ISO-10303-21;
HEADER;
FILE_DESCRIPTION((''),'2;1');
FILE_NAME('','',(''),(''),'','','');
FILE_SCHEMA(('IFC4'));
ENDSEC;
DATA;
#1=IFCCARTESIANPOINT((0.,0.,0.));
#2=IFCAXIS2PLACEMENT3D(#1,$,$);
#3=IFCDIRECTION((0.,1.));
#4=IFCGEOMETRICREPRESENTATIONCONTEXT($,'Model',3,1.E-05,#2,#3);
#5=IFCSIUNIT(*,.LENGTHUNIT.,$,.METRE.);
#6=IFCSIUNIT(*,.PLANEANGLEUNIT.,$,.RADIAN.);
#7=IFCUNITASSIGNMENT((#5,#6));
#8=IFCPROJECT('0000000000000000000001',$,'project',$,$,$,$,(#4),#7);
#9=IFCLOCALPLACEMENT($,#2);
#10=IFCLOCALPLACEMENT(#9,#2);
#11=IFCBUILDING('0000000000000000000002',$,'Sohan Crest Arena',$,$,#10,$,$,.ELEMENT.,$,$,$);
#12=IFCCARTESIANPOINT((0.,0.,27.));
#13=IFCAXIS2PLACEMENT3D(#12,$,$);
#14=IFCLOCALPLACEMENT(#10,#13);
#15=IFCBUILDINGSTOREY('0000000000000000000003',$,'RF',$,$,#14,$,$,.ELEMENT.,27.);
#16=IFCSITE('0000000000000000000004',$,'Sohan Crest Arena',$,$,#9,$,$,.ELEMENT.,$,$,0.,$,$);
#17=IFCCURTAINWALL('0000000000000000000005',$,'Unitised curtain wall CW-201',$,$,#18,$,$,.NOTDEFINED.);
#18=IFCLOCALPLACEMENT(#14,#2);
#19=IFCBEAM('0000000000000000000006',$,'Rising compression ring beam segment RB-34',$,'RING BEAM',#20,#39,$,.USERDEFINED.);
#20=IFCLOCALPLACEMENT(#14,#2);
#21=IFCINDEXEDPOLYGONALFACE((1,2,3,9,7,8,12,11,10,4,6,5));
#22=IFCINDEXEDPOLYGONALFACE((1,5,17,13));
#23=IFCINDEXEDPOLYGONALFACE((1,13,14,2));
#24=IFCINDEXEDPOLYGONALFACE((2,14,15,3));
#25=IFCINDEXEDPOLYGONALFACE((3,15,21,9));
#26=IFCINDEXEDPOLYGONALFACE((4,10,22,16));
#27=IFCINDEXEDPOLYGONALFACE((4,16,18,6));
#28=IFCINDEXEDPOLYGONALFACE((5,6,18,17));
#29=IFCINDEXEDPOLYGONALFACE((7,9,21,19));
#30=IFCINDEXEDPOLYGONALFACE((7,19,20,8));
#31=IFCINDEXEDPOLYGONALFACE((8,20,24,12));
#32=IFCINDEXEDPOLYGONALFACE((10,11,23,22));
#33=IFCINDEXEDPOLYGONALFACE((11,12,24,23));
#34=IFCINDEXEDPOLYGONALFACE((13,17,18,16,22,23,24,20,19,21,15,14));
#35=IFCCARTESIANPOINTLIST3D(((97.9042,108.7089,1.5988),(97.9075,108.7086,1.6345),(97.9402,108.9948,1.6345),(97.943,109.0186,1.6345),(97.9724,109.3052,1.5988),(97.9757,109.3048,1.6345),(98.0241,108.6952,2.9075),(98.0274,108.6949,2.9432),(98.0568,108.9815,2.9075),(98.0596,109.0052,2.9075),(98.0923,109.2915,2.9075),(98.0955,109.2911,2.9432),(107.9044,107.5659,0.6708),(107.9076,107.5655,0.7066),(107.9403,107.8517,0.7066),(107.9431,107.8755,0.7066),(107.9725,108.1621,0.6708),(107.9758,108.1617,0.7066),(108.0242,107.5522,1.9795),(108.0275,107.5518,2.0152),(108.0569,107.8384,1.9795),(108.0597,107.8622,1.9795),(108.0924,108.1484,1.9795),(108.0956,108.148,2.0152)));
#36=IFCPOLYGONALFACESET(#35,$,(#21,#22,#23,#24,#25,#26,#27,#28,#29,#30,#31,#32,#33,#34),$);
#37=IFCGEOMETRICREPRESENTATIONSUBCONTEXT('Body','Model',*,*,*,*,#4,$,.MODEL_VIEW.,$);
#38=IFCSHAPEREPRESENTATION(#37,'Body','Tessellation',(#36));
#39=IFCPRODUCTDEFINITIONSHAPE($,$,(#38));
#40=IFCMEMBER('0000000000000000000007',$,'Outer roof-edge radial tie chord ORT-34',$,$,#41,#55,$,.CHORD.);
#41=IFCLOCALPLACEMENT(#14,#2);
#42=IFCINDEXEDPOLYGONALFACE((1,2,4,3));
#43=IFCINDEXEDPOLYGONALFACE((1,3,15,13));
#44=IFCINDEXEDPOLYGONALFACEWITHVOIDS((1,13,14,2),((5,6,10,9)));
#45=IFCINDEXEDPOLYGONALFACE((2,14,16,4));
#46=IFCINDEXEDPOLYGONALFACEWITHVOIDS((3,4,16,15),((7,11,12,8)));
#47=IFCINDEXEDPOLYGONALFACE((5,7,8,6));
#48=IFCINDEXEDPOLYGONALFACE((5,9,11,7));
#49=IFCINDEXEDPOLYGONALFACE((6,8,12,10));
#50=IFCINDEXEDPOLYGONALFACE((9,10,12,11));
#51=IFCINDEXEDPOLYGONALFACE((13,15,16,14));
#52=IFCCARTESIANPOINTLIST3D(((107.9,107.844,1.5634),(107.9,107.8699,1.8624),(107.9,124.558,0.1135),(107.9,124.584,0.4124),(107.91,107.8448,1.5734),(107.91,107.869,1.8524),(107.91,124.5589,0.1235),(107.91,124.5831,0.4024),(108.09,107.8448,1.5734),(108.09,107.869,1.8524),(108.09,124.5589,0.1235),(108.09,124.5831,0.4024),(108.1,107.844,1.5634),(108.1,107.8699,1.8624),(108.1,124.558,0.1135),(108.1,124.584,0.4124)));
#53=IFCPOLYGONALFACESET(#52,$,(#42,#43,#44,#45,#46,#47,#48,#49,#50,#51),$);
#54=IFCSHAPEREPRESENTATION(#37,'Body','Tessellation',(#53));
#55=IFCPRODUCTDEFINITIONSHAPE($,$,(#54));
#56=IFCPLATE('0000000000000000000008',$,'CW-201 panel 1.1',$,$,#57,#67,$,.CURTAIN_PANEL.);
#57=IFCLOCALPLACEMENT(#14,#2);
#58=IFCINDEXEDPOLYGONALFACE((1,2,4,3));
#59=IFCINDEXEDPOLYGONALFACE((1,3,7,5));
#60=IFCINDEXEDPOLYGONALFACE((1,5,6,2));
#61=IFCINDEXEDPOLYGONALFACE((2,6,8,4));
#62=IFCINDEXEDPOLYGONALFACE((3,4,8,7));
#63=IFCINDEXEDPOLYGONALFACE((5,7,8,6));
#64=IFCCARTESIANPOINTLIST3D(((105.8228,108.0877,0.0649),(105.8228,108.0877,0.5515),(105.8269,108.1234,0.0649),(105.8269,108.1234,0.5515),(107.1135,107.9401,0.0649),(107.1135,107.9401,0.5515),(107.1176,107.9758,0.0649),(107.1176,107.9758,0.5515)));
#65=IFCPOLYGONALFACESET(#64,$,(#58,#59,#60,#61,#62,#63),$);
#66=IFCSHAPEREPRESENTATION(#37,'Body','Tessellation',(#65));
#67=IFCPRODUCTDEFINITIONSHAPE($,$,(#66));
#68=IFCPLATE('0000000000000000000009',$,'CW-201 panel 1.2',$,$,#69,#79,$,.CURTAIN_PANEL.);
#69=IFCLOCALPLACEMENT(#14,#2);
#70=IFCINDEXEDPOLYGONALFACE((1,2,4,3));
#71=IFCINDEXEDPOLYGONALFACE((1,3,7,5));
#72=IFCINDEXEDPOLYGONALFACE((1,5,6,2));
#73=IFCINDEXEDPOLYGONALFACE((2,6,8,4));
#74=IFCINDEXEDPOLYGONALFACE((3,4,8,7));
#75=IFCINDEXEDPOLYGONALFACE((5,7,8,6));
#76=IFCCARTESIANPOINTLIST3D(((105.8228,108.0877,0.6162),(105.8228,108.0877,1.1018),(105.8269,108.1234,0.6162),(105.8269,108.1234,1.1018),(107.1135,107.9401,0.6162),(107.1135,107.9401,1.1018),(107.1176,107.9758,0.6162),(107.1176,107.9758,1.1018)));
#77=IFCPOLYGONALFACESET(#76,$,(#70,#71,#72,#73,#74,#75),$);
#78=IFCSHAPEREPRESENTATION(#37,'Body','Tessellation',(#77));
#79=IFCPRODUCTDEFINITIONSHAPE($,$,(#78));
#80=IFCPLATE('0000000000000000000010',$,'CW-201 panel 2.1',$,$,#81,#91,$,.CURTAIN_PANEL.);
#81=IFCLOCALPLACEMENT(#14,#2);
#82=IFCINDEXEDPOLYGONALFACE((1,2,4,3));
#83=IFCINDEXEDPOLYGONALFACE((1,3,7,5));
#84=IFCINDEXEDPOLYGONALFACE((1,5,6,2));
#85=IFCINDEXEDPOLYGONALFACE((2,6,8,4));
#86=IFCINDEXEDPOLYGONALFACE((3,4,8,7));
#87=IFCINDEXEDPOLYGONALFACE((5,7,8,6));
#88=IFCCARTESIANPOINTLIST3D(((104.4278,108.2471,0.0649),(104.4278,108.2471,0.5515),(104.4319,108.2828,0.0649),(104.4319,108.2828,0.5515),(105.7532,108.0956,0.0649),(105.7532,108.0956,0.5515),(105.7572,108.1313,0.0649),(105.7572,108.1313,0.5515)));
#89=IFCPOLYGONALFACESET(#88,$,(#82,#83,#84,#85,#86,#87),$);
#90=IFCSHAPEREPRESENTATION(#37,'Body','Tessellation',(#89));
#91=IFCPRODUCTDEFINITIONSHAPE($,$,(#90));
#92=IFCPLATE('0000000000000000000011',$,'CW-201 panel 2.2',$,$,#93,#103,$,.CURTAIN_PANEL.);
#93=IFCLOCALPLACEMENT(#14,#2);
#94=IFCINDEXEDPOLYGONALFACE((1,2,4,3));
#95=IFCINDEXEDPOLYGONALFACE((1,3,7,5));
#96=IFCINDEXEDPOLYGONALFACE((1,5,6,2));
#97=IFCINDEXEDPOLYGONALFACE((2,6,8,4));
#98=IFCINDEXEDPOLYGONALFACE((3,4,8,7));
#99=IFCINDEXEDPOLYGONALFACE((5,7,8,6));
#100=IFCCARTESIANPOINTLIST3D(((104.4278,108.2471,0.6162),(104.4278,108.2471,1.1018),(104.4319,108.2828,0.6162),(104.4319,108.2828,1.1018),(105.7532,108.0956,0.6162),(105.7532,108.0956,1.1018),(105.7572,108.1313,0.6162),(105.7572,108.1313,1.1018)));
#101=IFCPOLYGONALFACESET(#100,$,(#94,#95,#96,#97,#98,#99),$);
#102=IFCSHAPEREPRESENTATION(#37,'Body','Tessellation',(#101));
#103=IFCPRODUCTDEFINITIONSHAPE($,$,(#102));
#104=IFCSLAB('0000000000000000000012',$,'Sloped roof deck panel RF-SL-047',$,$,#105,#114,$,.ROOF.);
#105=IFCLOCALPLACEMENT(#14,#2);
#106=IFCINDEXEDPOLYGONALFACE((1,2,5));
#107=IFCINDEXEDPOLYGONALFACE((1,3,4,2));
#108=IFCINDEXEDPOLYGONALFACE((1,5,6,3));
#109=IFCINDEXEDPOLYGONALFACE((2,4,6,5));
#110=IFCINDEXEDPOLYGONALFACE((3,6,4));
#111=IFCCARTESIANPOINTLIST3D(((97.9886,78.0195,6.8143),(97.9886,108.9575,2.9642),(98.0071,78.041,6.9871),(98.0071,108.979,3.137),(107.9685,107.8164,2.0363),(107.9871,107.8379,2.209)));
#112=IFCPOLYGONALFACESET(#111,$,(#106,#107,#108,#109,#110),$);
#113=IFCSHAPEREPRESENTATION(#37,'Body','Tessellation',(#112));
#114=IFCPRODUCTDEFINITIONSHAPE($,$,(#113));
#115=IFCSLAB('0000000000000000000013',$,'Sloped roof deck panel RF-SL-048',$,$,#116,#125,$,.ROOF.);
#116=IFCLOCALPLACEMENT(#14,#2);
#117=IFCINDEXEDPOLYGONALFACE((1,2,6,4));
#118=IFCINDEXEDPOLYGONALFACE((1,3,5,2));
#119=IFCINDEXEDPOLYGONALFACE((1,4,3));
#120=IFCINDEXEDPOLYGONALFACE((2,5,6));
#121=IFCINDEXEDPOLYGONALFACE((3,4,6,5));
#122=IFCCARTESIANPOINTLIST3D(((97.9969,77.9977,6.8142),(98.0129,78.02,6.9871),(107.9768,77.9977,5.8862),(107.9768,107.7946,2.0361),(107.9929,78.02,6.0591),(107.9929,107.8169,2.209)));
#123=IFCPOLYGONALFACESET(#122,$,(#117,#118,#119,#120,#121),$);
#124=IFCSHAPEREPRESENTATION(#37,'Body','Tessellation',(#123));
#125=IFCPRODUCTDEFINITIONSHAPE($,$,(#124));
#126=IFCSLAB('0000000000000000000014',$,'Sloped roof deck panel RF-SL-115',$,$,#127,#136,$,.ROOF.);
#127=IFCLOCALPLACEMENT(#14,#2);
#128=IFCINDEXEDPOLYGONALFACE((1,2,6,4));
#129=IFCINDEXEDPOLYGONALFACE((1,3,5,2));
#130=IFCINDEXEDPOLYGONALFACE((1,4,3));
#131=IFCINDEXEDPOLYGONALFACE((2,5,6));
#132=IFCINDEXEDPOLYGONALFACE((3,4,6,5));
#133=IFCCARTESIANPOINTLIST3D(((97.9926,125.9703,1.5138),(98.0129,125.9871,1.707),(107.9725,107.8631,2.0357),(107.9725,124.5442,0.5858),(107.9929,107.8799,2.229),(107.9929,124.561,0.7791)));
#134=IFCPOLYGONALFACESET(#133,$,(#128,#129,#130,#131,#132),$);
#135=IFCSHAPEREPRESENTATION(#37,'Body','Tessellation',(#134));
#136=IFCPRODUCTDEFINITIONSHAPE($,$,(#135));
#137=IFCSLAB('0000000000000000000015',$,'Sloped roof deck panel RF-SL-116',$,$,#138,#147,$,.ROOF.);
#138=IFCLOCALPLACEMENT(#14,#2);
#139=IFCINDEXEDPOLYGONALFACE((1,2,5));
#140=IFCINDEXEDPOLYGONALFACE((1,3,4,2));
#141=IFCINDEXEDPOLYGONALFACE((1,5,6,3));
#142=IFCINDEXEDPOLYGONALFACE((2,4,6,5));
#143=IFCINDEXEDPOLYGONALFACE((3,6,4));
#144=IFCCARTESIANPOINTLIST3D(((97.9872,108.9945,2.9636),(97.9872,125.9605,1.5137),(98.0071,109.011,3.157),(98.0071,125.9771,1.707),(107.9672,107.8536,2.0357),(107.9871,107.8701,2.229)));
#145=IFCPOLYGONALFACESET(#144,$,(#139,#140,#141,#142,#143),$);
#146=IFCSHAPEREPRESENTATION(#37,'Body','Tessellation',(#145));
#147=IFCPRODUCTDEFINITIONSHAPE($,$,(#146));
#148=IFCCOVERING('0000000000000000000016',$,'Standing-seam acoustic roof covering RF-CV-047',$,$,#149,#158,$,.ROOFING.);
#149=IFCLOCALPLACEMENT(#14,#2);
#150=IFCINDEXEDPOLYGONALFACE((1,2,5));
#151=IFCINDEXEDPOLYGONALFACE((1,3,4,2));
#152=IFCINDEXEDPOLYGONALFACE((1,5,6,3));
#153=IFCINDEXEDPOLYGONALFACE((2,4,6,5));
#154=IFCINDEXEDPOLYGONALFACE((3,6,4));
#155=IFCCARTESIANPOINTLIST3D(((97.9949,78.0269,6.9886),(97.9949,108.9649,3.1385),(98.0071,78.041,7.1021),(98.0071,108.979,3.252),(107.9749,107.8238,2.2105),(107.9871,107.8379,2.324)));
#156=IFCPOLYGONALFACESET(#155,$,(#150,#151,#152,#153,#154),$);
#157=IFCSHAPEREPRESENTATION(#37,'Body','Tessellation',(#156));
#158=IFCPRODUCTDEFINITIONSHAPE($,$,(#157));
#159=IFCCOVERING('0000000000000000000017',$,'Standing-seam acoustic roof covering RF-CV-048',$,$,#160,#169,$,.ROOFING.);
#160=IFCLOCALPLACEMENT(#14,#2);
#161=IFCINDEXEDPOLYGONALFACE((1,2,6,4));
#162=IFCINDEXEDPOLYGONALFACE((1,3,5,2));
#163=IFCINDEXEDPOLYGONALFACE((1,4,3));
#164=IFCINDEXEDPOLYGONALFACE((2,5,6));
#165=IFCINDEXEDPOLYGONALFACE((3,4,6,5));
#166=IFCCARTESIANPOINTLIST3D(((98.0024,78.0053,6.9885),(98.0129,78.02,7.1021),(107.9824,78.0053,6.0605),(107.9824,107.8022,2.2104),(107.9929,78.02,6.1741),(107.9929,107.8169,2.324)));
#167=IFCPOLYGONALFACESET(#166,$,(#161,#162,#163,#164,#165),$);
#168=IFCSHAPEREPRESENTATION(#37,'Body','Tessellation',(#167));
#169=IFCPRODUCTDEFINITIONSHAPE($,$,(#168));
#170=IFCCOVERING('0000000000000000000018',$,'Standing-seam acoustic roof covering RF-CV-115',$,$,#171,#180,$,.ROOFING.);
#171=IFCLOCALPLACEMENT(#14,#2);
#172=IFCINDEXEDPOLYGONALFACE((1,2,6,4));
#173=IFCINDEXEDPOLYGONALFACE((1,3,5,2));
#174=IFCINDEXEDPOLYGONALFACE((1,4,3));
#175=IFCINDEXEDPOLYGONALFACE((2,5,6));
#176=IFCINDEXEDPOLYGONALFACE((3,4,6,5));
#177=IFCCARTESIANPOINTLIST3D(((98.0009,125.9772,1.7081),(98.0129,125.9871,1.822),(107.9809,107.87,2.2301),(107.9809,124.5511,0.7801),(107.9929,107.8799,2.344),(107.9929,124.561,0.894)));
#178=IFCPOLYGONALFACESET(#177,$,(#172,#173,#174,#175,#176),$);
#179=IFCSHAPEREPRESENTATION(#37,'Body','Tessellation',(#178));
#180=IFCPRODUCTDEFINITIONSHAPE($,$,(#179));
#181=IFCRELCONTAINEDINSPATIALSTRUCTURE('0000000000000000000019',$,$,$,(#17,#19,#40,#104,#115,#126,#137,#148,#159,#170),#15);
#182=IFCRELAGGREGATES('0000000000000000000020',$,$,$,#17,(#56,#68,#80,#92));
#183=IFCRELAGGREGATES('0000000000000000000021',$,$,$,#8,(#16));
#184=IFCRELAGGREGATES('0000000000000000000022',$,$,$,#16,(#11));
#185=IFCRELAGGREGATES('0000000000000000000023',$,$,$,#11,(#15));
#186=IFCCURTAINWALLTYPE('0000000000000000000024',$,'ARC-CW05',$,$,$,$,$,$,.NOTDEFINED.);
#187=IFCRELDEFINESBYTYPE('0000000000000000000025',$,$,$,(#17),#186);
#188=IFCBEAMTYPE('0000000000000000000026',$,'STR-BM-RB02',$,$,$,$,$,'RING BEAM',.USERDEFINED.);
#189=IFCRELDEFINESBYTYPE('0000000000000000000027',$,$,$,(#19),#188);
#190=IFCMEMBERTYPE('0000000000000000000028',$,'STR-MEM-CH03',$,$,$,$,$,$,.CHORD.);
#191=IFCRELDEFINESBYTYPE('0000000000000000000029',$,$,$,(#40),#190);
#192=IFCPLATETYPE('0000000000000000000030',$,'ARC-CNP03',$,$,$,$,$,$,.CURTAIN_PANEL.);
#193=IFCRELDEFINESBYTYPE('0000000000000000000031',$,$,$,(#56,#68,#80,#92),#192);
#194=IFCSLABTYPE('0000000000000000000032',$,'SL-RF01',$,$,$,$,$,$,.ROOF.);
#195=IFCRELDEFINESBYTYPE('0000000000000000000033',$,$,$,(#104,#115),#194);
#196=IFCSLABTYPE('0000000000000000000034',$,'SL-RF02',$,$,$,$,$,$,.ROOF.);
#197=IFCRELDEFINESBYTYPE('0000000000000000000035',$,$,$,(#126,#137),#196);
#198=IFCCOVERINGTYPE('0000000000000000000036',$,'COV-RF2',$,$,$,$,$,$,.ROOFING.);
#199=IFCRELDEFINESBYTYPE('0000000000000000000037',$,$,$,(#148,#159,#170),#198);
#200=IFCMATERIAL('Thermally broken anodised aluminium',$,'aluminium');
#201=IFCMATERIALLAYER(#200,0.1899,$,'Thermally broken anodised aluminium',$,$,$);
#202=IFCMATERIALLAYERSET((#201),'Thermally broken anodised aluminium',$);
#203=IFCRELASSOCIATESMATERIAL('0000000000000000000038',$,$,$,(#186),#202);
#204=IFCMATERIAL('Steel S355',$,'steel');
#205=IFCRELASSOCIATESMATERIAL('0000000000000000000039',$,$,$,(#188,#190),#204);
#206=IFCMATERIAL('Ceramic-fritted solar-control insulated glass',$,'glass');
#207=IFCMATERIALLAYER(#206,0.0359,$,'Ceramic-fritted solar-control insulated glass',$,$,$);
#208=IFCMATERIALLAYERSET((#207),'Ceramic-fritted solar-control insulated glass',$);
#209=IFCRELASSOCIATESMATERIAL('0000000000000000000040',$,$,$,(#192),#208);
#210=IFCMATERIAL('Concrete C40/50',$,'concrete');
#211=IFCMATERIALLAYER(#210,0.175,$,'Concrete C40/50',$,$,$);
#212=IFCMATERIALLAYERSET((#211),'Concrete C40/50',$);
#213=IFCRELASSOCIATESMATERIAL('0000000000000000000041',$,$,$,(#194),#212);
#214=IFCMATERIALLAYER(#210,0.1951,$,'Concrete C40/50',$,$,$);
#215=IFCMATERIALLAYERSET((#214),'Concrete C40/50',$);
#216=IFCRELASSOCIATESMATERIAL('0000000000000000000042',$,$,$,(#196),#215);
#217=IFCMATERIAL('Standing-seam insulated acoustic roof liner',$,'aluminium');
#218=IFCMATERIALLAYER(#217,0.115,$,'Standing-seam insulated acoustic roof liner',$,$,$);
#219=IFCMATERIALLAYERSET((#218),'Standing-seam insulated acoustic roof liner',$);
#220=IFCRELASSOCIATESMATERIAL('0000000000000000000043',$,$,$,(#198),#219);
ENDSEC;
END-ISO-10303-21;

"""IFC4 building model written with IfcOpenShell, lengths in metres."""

from ifc_helpers import new_model, si_unit, direction, frame, origin, origin_2d, place, context, subcontext, project, spatial, polyline, rectangle, hollow_rectangle, i_section, outline, extrude, material, layer, layer_set, material_profile, profile_set, type_object, element, aggregate, save


model = new_model("IFC4")

# Units and contexts
model_context = context("Model", 3, precision=1e-05, world=origin(), true_north=direction((0.0, 1.0)))
body_context = subcontext(model_context, "Body", "Model", "MODEL_VIEW")
ifc_project = project(units=[si_unit("LENGTHUNIT", "METRE"), si_unit("PLANEANGLEUNIT", "RADIAN")], contexts=[model_context])

# Site, building, storey
site_placement = place(None, origin())
site = spatial("IfcSite", under=ifc_project, at=site_placement, Name="Sohan Crest Arena", CompositionType="ELEMENT", RefElevation=0.0)
building_placement = place(site_placement, origin())
building = spatial("IfcBuilding", under=site, at=building_placement, Name="Sohan Crest Arena", CompositionType="ELEMENT")
storey_placement = place(building_placement, frame((0.0, 0.0, 27.0)))
storey = spatial("IfcBuildingStorey", under=building, at=storey_placement, Name="RF", CompositionType="ELEMENT", Elevation=27.0)

# Shared definitions
ifc_material_1 = material(Name="Concrete C40/50", Category="concrete")

# Curtain wall
ifc_material_2 = material(Name="Thermally broken anodised aluminium", Category="aluminium")
ifc_layer_1 = layer(ifc_material_2, 0.1899, Name="Thermally broken anodised aluminium")
ifc_layer_set_1 = layer_set([ifc_layer_1], Name="Thermally broken anodised aluminium")
curtain_wall_type = type_object("IfcCurtainWallType", Name="ARC-CW05", PredefinedType="NOTDEFINED", material=ifc_layer_set_1)
curtain_wall_placement = place(storey_placement, origin())
curtain_wall = element("IfcCurtainWall", 1, at=curtain_wall_placement, inside=storey, type_object=curtain_wall_type, Name="Unitised curtain wall CW-201", PredefinedType="NOTDEFINED")

# Beam
ifc_material_3 = material(Name="Steel S355", Category="steel")
ifc_material_profile_1 = material_profile(ifc_material_3, i_section(OverallWidth=0.6001, OverallDepth=1.3501, WebThickness=0.0239, FlangeThickness=0.0359, at=origin_2d()), Name="PG 1350x600x24x36")
ifc_profile_set_1 = profile_set([ifc_material_profile_1], Name="Steel S355")
beam_type = type_object("IfcBeamType", Name="STR-BM-RB02", ElementType="RING BEAM", PredefinedType="USERDEFINED", material=ifc_profile_set_1)
beam_placement = place(storey_placement, frame((108.0, 107.8569, 1.343), z_axis=(-0.989334, 0.113087, 0.091808), x_axis=(-0.113567, -0.99353, 0.0)))
element("IfcBeam", 2, at=beam_placement, inside=storey, type_object=beam_type, Name="Rising compression ring beam segment RB-34", ObjectType="RING BEAM", PredefinedType="USERDEFINED", context=body_context, shape_type="SweptSolid", body=[
    extrude(i_section(OverallWidth=0.6001, OverallDepth=1.3501, WebThickness=0.0239, FlangeThickness=0.0359, at=origin_2d()), origin(), (0.0, 0.0, 1.0), 10.1079),
])

# Member
ifc_material_profile_2 = material_profile(ifc_material_3, hollow_rectangle(XDim=0.2, YDim=0.3, WallThickness=0.01, at=origin_2d()), Name="RHS 300x200x10")
ifc_profile_set_2 = profile_set([ifc_material_profile_2], Name="Steel S355")
member_type_1 = type_object("IfcMemberType", Name="STR-MEM-CH03", PredefinedType="CHORD", material=ifc_profile_set_2)
member_1_placement = place(storey_placement, frame((108.0, 107.8569, 1.7129), z_axis=(0.0, 0.996258, -0.086426), x_axis=(-1.0, 0.0, 0.0)))
element("IfcMember", 3, at=member_1_placement, inside=storey, type_object=member_type_1, Name="Outer roof-edge radial tie chord ORT-34", PredefinedType="CHORD", context=body_context, shape_type="SweptSolid", body=[
    extrude(hollow_rectangle(XDim=0.2, YDim=0.3, WallThickness=0.01, at=origin_2d()), origin(), (0.0, 0.0, 1.0), 16.7769),
])

# Plates
ifc_material_4 = material(Name="Ceramic-fritted solar-control insulated glass", Category="glass")
ifc_layer_2 = layer(ifc_material_4, 0.0359, Name="Ceramic-fritted solar-control insulated glass")
ifc_layer_set_2 = layer_set([ifc_layer_2], Name="Ceramic-fritted solar-control insulated glass")
plate_type = type_object("IfcPlateType", Name="ARC-CNP03", PredefinedType="CURTAIN_PANEL", material=ifc_layer_set_2)
plate_1_placement = place(storey_placement, frame((106.4702, 108.0317, 0.0649), z_axis=(0.0, 0.0, 1.0), x_axis=(-0.993527, 0.113597, 0.0)))
plate_1 = element("IfcPlate", 4, at=plate_1_placement, type_object=plate_type, Name="CW-201 panel 1.1", PredefinedType="CURTAIN_PANEL", context=body_context, shape_type="SweptSolid", body=[
    extrude(rectangle(XDim=1.2991, YDim=0.0359, at=origin_2d()), origin(), (0.0, 0.0, 1.0), 0.4866),
])
plate_2_placement = place(storey_placement, frame((106.4702, 108.0317, 0.6162), z_axis=(0.0, 0.0, 1.0), x_axis=(-0.993527, 0.113597, 0.0)))
plate_2 = element("IfcPlate", 5, at=plate_2_placement, type_object=plate_type, Name="CW-201 panel 1.2", PredefinedType="CURTAIN_PANEL", context=body_context, shape_type="SweptSolid", body=[
    extrude(rectangle(XDim=1.2991, YDim=0.0359, at=origin_2d()), origin(), (0.0, 0.0, 1.0), 0.4856),
])
plate_3_placement = place(storey_placement, frame((105.0925, 108.1892, 0.0649), z_axis=(0.0, 0.0, 1.0), x_axis=(-0.993527, 0.113597, 0.0)))
plate_3 = element("IfcPlate", 6, at=plate_3_placement, type_object=plate_type, Name="CW-201 panel 2.1", PredefinedType="CURTAIN_PANEL", context=body_context, shape_type="SweptSolid", body=[
    extrude(rectangle(XDim=1.334, YDim=0.0359, at=origin_2d()), origin(), (0.0, 0.0, 1.0), 0.4866),
])
plate_4_placement = place(storey_placement, frame((105.0925, 108.1892, 0.6162), z_axis=(0.0, 0.0, 1.0), x_axis=(-0.993527, 0.113597, 0.0)))
plate_4 = element("IfcPlate", 7, at=plate_4_placement, type_object=plate_type, Name="CW-201 panel 2.2", PredefinedType="CURTAIN_PANEL", context=body_context, shape_type="SweptSolid", body=[
    extrude(rectangle(XDim=1.334, YDim=0.0359, at=origin_2d()), origin(), (0.0, 0.0, 1.0), 0.4856),
])
aggregate(curtain_wall, [plate_1, plate_2, plate_3, plate_4])

# Slabs
ifc_layer_3 = layer(ifc_material_1, 0.175, Name="Concrete C40/50")
ifc_layer_set_3 = layer_set([ifc_layer_3], Name="Concrete C40/50")
slab_type_1 = type_object("IfcSlabType", Name="SL-RF01", PredefinedType="ROOF", material=ifc_layer_set_3)
slab_1_placement = place(storey_placement, frame((107.9871, 107.8379, 2.209), z_axis=(0.105795, 0.1228, 0.986776), x_axis=(-0.989314, 0.113118, 0.09199)))
element("IfcSlab", 8, at=slab_1_placement, inside=storey, type_object=slab_type_1, Name="Sloped roof deck panel RF-SL-047", PredefinedType="ROOF", context=body_context, shape_type="SweptSolid", body=[
    extrude(outline(polyline([(0.0, 0.0), (10.0878, 0.0), (6.9423, 31.0175), (0.0, 0.0)])), origin(), (0.0, 0.0, -1.0), 0.175),
])
slab_2_placement = place(storey_placement, frame((107.9929, 107.8169, 2.209), z_axis=(0.091828, 0.127605, 0.987565), x_axis=(-0.313984, -0.937452, 0.150325)))
element("IfcSlab", 9, at=slab_2_placement, inside=storey, type_object=slab_type_1, Name="Sloped roof deck panel RF-SL-048", PredefinedType="ROOF", context=body_context, shape_type="SweptSolid", body=[
    extrude(outline(polyline([(0.0, 0.0), (31.785, 0.0), (28.5119, 9.4736), (0.0, 0.0)])), origin(), (0.0, 0.0, -1.0), 0.175),
])
ifc_layer_4 = layer(ifc_material_1, 0.1951, Name="Concrete C40/50")
ifc_layer_set_4 = layer_set([ifc_layer_4], Name="Concrete C40/50")
slab_type_2 = type_object("IfcSlabType", Name="SL-RF02", PredefinedType="ROOF", material=ifc_layer_set_4)
slab_3_placement = place(storey_placement, frame((107.9929, 107.8799, 2.229), z_axis=(0.104434, 0.086121, 0.990796), x_axis=(0.0, 0.996244, -0.086595)))
element("IfcSlab", 10, at=slab_3_placement, inside=storey, type_object=slab_type_2, Name="Sloped roof deck panel RF-SL-115", PredefinedType="ROOF", context=body_context, shape_type="SweptSolid", body=[
    extrude(outline(polyline([(0.0, 0.0), (16.744, 0.0), (18.0844, 10.0349), (0.0, 0.0)])), origin(), (0.0, 0.0, -1.0), 0.1951),
])
slab_4_placement = place(storey_placement, frame((107.9871, 107.8701, 2.229), z_axis=(0.101848, 0.084709, 0.991187), x_axis=(-0.482551, 0.875504, -0.025238)))
element("IfcSlab", 11, at=slab_4_placement, inside=storey, type_object=slab_type_2, Name="Sloped roof deck panel RF-SL-116", PredefinedType="ROOF", context=body_context, shape_type="SweptSolid", body=[
    extrude(outline(polyline([(0.0, 0.0), (20.6817, 0.0), (5.7913, 8.2598), (0.0, 0.0)])), origin(), (0.0, 0.0, -1.0), 0.1951),
])

# Coverings
ifc_material_5 = material(Name="Standing-seam insulated acoustic roof liner", Category="aluminium")
ifc_layer_5 = layer(ifc_material_5, 0.115, Name="Standing-seam insulated acoustic roof liner")
ifc_layer_set_5 = layer_set([ifc_layer_5], Name="Standing-seam insulated acoustic roof liner")
covering_type = type_object("IfcCoveringType", Name="COV-RF2", PredefinedType="ROOFING", material=ifc_layer_set_5)
covering_1_placement = place(storey_placement, frame((107.9871, 107.8379, 2.324), z_axis=(0.105795, 0.1228, 0.986776), x_axis=(-0.989314, 0.113118, 0.09199)))
element("IfcCovering", 12, at=covering_1_placement, inside=storey, type_object=covering_type, Name="Standing-seam acoustic roof covering RF-CV-047", PredefinedType="ROOFING", context=body_context, shape_type="SweptSolid", body=[
    extrude(outline(polyline([(0.0, 0.0), (10.0878, 0.0), (6.9423, 31.0175), (0.0, 0.0)])), origin(), (0.0, 0.0, -1.0), 0.115),
])
covering_2_placement = place(storey_placement, frame((107.9929, 107.8169, 2.324), z_axis=(0.091828, 0.127605, 0.987565), x_axis=(-0.313984, -0.937452, 0.150325)))
element("IfcCovering", 13, at=covering_2_placement, inside=storey, type_object=covering_type, Name="Standing-seam acoustic roof covering RF-CV-048", PredefinedType="ROOFING", context=body_context, shape_type="SweptSolid", body=[
    extrude(outline(polyline([(0.0, 0.0), (31.785, 0.0), (28.5119, 9.4736), (0.0, 0.0)])), origin(), (0.0, 0.0, -1.0), 0.115),
])
covering_3_placement = place(storey_placement, frame((107.9929, 107.8799, 2.344), z_axis=(0.104434, 0.086121, 0.990796), x_axis=(0.0, 0.996244, -0.086595)))
element("IfcCovering", 14, at=covering_3_placement, inside=storey, type_object=covering_type, Name="Standing-seam acoustic roof covering RF-CV-115", PredefinedType="ROOFING", context=body_context, shape_type="SweptSolid", body=[
    extrude(outline(polyline([(0.0, 0.0), (16.744, 0.0), (18.0844, 10.0349), (0.0, 0.0)])), origin(), (0.0, 0.0, -1.0), 0.115),
])

save(model, "model.ifc")
